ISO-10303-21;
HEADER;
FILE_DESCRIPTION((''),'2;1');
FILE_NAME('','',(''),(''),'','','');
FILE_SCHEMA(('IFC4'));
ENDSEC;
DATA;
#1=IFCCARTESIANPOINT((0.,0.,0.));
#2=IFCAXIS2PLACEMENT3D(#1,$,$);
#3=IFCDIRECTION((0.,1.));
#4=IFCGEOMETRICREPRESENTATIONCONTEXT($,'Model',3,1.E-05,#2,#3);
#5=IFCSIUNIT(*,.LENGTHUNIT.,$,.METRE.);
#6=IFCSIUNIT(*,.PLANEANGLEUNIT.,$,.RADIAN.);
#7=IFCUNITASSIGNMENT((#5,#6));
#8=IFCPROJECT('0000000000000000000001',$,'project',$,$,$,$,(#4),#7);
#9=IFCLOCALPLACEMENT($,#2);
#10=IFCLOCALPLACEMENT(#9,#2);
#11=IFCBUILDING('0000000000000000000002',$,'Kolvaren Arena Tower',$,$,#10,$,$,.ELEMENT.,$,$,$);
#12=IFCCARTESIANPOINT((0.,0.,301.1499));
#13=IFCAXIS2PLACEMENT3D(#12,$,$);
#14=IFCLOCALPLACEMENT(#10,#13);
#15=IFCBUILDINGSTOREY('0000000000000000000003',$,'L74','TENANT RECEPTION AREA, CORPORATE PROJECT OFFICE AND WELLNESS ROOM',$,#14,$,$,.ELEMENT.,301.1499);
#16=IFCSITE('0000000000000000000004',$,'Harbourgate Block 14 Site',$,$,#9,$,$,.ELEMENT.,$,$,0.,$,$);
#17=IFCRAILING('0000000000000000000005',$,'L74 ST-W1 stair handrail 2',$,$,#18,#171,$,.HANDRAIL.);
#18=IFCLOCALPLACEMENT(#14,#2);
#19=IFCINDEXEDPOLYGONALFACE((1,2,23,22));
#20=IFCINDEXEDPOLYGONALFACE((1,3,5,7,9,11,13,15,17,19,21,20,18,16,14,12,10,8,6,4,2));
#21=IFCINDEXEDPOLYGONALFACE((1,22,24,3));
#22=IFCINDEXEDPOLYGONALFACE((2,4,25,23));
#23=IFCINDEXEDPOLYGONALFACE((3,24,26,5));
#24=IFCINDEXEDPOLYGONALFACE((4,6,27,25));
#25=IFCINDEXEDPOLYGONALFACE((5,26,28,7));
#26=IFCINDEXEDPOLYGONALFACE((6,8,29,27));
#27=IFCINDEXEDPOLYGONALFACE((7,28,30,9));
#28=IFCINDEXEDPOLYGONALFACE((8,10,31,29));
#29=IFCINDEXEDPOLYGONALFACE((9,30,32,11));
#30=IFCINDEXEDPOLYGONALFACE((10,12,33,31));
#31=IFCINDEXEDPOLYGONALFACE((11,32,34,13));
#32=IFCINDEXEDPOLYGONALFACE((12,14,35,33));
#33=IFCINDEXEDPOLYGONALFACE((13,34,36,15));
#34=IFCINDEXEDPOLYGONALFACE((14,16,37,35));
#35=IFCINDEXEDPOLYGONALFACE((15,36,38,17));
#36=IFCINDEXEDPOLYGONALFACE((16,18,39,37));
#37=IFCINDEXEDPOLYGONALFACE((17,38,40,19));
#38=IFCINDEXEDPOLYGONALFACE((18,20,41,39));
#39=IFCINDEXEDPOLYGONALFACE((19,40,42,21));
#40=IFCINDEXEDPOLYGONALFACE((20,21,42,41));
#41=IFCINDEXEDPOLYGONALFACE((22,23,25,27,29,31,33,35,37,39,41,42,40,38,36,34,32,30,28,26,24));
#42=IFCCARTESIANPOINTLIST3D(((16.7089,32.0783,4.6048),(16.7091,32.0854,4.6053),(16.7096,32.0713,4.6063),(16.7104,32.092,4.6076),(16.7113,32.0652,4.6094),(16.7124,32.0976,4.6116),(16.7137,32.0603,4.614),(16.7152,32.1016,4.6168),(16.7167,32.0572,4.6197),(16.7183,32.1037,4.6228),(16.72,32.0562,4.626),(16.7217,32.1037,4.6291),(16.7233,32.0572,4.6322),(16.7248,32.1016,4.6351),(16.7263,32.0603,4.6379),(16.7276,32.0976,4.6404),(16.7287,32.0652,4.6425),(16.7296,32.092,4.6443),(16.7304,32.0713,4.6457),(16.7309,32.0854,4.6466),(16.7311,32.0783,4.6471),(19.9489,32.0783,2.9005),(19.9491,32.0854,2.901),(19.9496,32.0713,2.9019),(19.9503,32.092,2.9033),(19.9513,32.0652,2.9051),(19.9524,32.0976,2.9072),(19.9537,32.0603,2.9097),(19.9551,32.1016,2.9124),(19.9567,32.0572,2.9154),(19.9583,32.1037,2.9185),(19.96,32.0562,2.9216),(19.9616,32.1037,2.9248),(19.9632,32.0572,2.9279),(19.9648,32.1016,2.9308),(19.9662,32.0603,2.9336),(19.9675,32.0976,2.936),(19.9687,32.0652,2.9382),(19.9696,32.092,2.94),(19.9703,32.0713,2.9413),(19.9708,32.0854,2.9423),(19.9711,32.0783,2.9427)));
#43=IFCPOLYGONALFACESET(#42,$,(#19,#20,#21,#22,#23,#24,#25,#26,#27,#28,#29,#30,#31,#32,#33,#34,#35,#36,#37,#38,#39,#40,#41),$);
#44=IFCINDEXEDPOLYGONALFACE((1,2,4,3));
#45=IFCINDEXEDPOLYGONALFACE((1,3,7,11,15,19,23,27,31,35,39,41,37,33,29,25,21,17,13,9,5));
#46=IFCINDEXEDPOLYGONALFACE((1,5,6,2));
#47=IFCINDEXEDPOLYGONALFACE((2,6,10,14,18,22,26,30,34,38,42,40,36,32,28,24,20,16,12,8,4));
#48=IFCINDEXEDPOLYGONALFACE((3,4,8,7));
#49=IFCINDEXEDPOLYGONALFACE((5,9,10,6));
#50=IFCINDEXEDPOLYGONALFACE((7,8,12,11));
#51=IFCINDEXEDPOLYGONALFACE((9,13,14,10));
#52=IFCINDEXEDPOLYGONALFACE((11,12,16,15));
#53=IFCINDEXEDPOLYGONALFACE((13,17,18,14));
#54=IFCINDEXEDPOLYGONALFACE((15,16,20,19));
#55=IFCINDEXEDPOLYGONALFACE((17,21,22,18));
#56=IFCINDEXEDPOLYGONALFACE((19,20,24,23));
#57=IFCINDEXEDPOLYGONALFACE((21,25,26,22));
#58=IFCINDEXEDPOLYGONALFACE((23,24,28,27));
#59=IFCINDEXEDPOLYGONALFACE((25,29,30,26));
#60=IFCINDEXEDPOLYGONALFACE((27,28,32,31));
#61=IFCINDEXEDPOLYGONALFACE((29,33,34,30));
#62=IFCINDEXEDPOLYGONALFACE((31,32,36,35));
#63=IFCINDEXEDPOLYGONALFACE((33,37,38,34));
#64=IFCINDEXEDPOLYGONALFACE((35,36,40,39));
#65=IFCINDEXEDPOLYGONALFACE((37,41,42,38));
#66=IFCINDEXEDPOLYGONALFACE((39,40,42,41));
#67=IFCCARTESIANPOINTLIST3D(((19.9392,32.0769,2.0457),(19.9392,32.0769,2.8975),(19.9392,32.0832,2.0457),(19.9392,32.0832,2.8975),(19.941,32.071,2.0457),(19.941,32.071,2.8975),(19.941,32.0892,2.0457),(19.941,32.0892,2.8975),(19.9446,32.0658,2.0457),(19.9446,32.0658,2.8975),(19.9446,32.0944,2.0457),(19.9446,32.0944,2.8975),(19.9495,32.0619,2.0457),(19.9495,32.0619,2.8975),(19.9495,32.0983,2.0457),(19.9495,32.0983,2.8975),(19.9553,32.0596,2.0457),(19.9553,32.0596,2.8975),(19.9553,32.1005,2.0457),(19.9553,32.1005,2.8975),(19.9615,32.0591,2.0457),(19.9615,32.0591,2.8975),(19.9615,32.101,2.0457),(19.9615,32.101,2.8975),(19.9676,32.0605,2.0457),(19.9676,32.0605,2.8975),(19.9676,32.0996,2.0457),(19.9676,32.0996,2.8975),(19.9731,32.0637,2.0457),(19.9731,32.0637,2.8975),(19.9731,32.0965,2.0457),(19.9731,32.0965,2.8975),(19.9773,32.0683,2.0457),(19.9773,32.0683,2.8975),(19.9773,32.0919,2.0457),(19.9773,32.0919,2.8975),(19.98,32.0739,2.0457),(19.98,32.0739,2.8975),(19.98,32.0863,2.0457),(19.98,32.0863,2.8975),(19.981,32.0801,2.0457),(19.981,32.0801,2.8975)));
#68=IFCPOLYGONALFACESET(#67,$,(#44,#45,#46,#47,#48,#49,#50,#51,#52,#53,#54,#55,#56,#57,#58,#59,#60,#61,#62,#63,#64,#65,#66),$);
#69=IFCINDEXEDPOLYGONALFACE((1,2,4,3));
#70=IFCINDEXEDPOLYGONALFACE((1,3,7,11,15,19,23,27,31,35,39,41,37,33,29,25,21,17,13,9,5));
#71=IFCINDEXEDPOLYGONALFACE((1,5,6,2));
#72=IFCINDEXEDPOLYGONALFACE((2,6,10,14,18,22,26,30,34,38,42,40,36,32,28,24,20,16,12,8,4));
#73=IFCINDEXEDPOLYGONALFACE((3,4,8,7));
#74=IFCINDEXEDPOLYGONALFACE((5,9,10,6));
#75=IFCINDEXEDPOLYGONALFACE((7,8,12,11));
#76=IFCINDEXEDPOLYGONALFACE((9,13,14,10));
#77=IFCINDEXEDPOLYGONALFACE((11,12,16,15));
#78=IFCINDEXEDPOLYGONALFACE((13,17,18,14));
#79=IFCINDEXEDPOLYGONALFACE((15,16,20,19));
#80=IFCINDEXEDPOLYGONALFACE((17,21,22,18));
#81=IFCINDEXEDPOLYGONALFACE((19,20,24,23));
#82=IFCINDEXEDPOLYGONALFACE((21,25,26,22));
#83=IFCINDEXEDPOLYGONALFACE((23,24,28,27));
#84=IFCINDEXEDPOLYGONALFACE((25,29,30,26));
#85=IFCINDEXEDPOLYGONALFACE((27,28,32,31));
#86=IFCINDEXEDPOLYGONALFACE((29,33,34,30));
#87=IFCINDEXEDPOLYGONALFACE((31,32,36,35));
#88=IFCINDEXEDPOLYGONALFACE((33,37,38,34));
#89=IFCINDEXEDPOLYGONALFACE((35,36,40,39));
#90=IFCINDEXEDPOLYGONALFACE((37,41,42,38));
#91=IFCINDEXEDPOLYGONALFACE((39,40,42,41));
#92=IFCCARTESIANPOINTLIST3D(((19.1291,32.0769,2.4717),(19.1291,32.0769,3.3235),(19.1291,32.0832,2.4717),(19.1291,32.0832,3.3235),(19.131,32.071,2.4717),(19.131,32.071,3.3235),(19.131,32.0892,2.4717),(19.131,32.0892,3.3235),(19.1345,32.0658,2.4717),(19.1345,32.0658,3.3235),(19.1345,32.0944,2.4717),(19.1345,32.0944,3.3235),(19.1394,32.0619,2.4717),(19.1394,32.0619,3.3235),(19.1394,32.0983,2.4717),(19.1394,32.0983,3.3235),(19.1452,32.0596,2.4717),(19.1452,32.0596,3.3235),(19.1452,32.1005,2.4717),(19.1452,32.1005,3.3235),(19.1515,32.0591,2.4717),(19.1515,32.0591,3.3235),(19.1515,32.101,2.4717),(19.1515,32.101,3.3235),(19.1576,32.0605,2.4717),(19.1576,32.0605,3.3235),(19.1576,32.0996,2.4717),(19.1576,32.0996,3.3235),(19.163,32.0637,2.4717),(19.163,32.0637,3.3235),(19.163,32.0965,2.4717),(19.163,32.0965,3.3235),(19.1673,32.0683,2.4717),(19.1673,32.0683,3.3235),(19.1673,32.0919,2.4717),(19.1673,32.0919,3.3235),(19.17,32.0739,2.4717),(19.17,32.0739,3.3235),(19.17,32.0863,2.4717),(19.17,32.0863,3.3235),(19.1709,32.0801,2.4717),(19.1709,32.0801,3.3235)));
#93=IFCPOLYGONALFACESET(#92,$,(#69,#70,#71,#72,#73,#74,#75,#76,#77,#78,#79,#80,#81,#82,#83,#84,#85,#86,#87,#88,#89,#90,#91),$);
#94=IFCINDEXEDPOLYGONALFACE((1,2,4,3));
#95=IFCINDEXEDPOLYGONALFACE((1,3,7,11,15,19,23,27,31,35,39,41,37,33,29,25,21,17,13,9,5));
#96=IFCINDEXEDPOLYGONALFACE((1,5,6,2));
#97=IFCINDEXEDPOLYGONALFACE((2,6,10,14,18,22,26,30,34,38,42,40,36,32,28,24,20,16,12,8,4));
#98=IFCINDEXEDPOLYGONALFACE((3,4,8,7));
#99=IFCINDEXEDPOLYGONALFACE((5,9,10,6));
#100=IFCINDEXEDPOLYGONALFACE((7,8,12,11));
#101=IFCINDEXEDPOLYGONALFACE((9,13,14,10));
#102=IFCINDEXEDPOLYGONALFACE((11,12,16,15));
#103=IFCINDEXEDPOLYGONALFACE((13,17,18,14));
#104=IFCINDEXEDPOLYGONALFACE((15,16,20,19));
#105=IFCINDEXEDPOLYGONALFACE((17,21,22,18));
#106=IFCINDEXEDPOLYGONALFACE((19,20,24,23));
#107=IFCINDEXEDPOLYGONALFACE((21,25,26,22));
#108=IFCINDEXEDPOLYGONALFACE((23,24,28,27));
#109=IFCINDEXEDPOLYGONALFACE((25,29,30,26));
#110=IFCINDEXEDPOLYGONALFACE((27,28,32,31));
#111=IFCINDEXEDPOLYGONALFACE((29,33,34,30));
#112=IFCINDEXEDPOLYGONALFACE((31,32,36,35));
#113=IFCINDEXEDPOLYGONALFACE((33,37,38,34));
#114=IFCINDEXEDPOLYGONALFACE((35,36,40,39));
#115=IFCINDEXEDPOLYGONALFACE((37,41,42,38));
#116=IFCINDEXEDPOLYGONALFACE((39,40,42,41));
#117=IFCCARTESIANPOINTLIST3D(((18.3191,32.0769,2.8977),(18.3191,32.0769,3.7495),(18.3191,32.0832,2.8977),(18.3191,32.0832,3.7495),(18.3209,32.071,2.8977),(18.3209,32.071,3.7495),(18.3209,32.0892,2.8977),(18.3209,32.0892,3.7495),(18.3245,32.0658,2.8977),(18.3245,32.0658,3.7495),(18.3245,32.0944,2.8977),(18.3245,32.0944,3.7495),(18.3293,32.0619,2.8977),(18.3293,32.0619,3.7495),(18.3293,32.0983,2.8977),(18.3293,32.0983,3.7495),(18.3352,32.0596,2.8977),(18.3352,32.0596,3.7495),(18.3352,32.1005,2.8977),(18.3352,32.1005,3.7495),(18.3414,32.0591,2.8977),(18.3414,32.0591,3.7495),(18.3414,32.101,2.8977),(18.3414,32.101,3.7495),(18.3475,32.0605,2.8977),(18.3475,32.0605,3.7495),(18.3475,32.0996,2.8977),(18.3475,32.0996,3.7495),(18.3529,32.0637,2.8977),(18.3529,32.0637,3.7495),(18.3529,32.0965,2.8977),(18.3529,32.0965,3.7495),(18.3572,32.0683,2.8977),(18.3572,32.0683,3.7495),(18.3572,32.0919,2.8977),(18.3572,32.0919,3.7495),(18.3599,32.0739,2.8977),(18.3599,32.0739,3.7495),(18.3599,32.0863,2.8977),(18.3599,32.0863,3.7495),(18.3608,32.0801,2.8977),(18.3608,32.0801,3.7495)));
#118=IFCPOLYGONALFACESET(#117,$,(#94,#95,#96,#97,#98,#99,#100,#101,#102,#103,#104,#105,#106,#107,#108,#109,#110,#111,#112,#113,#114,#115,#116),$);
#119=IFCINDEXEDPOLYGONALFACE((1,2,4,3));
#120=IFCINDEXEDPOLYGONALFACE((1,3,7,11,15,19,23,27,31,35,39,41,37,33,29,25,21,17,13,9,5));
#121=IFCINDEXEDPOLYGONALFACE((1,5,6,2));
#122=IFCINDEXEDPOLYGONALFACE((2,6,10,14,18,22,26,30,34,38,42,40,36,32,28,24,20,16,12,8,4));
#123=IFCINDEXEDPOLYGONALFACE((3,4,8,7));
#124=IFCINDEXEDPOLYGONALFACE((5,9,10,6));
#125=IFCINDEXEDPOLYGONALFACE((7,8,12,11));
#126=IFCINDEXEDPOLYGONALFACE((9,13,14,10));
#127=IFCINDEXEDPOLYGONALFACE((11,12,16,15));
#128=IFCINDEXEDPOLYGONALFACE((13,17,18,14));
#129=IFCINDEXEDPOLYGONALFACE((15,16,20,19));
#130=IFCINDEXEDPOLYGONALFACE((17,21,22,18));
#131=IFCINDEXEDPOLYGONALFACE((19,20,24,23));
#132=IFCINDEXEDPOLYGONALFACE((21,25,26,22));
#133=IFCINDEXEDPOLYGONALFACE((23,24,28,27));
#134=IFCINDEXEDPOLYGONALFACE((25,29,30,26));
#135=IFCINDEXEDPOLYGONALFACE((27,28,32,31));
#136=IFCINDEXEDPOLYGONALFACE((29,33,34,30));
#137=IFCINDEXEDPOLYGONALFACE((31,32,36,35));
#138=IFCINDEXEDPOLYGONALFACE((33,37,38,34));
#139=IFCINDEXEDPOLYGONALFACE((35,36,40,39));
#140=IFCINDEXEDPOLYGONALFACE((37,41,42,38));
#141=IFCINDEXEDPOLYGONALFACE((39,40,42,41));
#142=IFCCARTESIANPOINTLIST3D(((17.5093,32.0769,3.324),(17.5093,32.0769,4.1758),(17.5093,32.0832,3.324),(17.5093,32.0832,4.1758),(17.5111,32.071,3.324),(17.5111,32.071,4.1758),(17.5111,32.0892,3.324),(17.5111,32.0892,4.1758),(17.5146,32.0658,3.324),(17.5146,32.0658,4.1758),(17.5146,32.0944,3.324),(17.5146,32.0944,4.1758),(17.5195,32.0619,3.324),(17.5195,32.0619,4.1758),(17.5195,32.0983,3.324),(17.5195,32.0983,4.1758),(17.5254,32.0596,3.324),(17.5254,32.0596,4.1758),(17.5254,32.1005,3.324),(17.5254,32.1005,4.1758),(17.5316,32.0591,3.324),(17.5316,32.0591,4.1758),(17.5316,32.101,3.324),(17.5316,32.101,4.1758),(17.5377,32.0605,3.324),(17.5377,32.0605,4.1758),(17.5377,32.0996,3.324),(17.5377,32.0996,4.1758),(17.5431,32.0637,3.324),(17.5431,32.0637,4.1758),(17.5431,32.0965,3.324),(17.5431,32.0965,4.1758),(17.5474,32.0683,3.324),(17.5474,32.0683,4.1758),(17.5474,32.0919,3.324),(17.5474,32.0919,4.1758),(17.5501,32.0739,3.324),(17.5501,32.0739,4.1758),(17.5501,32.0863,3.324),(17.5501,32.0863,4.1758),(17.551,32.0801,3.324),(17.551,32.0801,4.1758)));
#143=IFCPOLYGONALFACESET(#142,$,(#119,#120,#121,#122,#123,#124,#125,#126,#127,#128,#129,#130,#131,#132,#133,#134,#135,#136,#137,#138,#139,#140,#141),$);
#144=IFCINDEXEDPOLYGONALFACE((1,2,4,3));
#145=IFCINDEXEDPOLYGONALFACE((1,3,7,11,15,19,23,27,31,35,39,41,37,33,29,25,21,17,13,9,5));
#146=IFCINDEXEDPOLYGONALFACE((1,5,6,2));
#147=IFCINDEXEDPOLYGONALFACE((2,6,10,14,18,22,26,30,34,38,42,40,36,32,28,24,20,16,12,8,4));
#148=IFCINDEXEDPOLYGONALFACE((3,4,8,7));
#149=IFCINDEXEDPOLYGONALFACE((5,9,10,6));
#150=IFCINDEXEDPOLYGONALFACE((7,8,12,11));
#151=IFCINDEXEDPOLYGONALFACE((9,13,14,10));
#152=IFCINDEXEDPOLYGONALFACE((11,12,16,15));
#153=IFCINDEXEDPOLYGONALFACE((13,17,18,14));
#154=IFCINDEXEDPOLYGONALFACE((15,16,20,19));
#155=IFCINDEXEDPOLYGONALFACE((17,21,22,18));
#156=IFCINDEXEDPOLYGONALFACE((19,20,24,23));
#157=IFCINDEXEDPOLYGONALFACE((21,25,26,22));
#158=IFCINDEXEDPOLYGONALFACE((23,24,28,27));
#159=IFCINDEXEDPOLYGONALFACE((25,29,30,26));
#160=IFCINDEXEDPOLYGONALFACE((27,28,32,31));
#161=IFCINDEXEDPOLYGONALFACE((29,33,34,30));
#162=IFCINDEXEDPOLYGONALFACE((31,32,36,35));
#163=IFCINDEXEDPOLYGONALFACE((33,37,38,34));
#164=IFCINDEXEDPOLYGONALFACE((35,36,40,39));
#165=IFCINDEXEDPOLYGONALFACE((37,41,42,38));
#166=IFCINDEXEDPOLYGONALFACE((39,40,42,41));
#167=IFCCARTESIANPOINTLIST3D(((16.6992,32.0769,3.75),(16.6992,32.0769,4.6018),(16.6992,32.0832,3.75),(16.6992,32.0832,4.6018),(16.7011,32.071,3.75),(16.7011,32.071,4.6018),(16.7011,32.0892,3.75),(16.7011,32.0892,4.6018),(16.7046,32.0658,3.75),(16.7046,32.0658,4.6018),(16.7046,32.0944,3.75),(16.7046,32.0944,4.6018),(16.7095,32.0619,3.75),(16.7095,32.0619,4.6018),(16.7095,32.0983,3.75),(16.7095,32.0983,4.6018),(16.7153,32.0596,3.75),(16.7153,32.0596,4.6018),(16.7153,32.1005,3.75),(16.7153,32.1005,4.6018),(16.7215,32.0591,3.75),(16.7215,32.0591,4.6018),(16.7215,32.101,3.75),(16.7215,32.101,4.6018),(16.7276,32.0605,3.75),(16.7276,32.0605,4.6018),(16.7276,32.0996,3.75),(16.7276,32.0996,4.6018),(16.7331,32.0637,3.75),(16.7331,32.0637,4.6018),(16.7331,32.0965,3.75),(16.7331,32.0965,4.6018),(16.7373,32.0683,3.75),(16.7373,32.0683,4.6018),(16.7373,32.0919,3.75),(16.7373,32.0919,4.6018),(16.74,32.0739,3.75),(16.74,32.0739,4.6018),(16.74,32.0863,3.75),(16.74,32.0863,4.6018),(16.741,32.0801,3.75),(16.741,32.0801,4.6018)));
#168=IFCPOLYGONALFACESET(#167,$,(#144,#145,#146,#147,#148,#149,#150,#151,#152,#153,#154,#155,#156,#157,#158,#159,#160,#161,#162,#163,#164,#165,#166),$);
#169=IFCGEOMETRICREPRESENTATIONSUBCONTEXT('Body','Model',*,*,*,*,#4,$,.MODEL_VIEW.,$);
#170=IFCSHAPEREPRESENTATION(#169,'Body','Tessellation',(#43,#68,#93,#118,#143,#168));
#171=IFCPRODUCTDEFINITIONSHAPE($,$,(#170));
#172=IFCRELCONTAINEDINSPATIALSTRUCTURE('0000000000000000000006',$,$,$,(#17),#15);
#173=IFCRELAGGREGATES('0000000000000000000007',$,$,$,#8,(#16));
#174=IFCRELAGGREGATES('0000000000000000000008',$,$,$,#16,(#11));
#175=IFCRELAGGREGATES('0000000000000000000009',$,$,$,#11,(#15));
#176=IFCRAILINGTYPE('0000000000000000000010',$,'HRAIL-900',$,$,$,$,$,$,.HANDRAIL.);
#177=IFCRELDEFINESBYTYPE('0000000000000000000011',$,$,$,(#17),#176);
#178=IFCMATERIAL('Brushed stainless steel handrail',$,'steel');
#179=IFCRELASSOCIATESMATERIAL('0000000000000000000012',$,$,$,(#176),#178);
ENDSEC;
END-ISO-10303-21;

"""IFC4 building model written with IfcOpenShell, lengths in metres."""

from ifc_helpers import new_model, si_unit, direction, frame, origin, origin_2d, place, context, subcontext, project, spatial, circle, extrude, material, type_object, element, save


model = new_model("IFC4")

# Units and contexts
model_context = context("Model", 3, precision=1e-05, world=origin(), true_north=direction((0.0, 1.0)))
body_context = subcontext(model_context, "Body", "Model", "MODEL_VIEW")
ifc_project = project(units=[si_unit("LENGTHUNIT", "METRE"), si_unit("PLANEANGLEUNIT", "RADIAN")], contexts=[model_context])

# Site, building, storey
site_placement = place(None, origin())
site = spatial("IfcSite", under=ifc_project, at=site_placement, Name="Harbourgate Block 14 Site", CompositionType="ELEMENT", RefElevation=0.0)
building_placement = place(site_placement, origin())
building = spatial("IfcBuilding", under=site, at=building_placement, Name="Kolvaren Arena Tower", CompositionType="ELEMENT")
storey_placement = place(building_placement, frame((0.0, 0.0, 301.1499)))
storey = spatial("IfcBuildingStorey", under=building, at=storey_placement, Name="L74", Description="TENANT RECEPTION AREA, CORPORATE PROJECT OFFICE AND WELLNESS ROOM", CompositionType="ELEMENT", Elevation=301.1499)

# Railing
ifc_material_1 = material(Name="Brushed stainless steel handrail", Category="steel")
railing_type_1 = type_object("IfcRailingType", Name="HRAIL-900", PredefinedType="HANDRAIL", material=ifc_material_1)
railing_1_placement = place(storey_placement, frame((19.96, 32.0801, 2.0457)))
element("IfcRailing", 1, at=railing_1_placement, inside=storey, type_object=railing_type_1, Name="L74 ST-W1 stair handrail 2", PredefinedType="HANDRAIL", context=body_context, shape_type="SweptSolid", body=[
    extrude(circle(Radius=0.0239, at=origin_2d()), frame((0.0, 0.0, 0.876), z_axis=(-0.885021, 0.0, 0.465551), x_axis=(0.0, -1.0, 0.0)), (0.0, 0.0, 1.0), 3.6609),
    extrude(circle(Radius=0.021, at=origin_2d()), origin(), (0.0, 0.0, 1.0), 0.8518),
    extrude(circle(Radius=0.021, at=origin_2d()), frame((-0.8101, 0.0, 0.426)), (0.0, 0.0, 1.0), 0.8518),
    extrude(circle(Radius=0.021, at=origin_2d()), frame((-1.6201, 0.0, 0.8521)), (0.0, 0.0, 1.0), 0.8518),
    extrude(circle(Radius=0.021, at=origin_2d()), frame((-2.4299, 0.0, 1.2783)), (0.0, 0.0, 1.0), 0.8518),
    extrude(circle(Radius=0.021, at=origin_2d()), frame((-3.24, 0.0, 1.7043)), (0.0, 0.0, 1.0), 0.8518),
])

save(model, "model.ifc")
